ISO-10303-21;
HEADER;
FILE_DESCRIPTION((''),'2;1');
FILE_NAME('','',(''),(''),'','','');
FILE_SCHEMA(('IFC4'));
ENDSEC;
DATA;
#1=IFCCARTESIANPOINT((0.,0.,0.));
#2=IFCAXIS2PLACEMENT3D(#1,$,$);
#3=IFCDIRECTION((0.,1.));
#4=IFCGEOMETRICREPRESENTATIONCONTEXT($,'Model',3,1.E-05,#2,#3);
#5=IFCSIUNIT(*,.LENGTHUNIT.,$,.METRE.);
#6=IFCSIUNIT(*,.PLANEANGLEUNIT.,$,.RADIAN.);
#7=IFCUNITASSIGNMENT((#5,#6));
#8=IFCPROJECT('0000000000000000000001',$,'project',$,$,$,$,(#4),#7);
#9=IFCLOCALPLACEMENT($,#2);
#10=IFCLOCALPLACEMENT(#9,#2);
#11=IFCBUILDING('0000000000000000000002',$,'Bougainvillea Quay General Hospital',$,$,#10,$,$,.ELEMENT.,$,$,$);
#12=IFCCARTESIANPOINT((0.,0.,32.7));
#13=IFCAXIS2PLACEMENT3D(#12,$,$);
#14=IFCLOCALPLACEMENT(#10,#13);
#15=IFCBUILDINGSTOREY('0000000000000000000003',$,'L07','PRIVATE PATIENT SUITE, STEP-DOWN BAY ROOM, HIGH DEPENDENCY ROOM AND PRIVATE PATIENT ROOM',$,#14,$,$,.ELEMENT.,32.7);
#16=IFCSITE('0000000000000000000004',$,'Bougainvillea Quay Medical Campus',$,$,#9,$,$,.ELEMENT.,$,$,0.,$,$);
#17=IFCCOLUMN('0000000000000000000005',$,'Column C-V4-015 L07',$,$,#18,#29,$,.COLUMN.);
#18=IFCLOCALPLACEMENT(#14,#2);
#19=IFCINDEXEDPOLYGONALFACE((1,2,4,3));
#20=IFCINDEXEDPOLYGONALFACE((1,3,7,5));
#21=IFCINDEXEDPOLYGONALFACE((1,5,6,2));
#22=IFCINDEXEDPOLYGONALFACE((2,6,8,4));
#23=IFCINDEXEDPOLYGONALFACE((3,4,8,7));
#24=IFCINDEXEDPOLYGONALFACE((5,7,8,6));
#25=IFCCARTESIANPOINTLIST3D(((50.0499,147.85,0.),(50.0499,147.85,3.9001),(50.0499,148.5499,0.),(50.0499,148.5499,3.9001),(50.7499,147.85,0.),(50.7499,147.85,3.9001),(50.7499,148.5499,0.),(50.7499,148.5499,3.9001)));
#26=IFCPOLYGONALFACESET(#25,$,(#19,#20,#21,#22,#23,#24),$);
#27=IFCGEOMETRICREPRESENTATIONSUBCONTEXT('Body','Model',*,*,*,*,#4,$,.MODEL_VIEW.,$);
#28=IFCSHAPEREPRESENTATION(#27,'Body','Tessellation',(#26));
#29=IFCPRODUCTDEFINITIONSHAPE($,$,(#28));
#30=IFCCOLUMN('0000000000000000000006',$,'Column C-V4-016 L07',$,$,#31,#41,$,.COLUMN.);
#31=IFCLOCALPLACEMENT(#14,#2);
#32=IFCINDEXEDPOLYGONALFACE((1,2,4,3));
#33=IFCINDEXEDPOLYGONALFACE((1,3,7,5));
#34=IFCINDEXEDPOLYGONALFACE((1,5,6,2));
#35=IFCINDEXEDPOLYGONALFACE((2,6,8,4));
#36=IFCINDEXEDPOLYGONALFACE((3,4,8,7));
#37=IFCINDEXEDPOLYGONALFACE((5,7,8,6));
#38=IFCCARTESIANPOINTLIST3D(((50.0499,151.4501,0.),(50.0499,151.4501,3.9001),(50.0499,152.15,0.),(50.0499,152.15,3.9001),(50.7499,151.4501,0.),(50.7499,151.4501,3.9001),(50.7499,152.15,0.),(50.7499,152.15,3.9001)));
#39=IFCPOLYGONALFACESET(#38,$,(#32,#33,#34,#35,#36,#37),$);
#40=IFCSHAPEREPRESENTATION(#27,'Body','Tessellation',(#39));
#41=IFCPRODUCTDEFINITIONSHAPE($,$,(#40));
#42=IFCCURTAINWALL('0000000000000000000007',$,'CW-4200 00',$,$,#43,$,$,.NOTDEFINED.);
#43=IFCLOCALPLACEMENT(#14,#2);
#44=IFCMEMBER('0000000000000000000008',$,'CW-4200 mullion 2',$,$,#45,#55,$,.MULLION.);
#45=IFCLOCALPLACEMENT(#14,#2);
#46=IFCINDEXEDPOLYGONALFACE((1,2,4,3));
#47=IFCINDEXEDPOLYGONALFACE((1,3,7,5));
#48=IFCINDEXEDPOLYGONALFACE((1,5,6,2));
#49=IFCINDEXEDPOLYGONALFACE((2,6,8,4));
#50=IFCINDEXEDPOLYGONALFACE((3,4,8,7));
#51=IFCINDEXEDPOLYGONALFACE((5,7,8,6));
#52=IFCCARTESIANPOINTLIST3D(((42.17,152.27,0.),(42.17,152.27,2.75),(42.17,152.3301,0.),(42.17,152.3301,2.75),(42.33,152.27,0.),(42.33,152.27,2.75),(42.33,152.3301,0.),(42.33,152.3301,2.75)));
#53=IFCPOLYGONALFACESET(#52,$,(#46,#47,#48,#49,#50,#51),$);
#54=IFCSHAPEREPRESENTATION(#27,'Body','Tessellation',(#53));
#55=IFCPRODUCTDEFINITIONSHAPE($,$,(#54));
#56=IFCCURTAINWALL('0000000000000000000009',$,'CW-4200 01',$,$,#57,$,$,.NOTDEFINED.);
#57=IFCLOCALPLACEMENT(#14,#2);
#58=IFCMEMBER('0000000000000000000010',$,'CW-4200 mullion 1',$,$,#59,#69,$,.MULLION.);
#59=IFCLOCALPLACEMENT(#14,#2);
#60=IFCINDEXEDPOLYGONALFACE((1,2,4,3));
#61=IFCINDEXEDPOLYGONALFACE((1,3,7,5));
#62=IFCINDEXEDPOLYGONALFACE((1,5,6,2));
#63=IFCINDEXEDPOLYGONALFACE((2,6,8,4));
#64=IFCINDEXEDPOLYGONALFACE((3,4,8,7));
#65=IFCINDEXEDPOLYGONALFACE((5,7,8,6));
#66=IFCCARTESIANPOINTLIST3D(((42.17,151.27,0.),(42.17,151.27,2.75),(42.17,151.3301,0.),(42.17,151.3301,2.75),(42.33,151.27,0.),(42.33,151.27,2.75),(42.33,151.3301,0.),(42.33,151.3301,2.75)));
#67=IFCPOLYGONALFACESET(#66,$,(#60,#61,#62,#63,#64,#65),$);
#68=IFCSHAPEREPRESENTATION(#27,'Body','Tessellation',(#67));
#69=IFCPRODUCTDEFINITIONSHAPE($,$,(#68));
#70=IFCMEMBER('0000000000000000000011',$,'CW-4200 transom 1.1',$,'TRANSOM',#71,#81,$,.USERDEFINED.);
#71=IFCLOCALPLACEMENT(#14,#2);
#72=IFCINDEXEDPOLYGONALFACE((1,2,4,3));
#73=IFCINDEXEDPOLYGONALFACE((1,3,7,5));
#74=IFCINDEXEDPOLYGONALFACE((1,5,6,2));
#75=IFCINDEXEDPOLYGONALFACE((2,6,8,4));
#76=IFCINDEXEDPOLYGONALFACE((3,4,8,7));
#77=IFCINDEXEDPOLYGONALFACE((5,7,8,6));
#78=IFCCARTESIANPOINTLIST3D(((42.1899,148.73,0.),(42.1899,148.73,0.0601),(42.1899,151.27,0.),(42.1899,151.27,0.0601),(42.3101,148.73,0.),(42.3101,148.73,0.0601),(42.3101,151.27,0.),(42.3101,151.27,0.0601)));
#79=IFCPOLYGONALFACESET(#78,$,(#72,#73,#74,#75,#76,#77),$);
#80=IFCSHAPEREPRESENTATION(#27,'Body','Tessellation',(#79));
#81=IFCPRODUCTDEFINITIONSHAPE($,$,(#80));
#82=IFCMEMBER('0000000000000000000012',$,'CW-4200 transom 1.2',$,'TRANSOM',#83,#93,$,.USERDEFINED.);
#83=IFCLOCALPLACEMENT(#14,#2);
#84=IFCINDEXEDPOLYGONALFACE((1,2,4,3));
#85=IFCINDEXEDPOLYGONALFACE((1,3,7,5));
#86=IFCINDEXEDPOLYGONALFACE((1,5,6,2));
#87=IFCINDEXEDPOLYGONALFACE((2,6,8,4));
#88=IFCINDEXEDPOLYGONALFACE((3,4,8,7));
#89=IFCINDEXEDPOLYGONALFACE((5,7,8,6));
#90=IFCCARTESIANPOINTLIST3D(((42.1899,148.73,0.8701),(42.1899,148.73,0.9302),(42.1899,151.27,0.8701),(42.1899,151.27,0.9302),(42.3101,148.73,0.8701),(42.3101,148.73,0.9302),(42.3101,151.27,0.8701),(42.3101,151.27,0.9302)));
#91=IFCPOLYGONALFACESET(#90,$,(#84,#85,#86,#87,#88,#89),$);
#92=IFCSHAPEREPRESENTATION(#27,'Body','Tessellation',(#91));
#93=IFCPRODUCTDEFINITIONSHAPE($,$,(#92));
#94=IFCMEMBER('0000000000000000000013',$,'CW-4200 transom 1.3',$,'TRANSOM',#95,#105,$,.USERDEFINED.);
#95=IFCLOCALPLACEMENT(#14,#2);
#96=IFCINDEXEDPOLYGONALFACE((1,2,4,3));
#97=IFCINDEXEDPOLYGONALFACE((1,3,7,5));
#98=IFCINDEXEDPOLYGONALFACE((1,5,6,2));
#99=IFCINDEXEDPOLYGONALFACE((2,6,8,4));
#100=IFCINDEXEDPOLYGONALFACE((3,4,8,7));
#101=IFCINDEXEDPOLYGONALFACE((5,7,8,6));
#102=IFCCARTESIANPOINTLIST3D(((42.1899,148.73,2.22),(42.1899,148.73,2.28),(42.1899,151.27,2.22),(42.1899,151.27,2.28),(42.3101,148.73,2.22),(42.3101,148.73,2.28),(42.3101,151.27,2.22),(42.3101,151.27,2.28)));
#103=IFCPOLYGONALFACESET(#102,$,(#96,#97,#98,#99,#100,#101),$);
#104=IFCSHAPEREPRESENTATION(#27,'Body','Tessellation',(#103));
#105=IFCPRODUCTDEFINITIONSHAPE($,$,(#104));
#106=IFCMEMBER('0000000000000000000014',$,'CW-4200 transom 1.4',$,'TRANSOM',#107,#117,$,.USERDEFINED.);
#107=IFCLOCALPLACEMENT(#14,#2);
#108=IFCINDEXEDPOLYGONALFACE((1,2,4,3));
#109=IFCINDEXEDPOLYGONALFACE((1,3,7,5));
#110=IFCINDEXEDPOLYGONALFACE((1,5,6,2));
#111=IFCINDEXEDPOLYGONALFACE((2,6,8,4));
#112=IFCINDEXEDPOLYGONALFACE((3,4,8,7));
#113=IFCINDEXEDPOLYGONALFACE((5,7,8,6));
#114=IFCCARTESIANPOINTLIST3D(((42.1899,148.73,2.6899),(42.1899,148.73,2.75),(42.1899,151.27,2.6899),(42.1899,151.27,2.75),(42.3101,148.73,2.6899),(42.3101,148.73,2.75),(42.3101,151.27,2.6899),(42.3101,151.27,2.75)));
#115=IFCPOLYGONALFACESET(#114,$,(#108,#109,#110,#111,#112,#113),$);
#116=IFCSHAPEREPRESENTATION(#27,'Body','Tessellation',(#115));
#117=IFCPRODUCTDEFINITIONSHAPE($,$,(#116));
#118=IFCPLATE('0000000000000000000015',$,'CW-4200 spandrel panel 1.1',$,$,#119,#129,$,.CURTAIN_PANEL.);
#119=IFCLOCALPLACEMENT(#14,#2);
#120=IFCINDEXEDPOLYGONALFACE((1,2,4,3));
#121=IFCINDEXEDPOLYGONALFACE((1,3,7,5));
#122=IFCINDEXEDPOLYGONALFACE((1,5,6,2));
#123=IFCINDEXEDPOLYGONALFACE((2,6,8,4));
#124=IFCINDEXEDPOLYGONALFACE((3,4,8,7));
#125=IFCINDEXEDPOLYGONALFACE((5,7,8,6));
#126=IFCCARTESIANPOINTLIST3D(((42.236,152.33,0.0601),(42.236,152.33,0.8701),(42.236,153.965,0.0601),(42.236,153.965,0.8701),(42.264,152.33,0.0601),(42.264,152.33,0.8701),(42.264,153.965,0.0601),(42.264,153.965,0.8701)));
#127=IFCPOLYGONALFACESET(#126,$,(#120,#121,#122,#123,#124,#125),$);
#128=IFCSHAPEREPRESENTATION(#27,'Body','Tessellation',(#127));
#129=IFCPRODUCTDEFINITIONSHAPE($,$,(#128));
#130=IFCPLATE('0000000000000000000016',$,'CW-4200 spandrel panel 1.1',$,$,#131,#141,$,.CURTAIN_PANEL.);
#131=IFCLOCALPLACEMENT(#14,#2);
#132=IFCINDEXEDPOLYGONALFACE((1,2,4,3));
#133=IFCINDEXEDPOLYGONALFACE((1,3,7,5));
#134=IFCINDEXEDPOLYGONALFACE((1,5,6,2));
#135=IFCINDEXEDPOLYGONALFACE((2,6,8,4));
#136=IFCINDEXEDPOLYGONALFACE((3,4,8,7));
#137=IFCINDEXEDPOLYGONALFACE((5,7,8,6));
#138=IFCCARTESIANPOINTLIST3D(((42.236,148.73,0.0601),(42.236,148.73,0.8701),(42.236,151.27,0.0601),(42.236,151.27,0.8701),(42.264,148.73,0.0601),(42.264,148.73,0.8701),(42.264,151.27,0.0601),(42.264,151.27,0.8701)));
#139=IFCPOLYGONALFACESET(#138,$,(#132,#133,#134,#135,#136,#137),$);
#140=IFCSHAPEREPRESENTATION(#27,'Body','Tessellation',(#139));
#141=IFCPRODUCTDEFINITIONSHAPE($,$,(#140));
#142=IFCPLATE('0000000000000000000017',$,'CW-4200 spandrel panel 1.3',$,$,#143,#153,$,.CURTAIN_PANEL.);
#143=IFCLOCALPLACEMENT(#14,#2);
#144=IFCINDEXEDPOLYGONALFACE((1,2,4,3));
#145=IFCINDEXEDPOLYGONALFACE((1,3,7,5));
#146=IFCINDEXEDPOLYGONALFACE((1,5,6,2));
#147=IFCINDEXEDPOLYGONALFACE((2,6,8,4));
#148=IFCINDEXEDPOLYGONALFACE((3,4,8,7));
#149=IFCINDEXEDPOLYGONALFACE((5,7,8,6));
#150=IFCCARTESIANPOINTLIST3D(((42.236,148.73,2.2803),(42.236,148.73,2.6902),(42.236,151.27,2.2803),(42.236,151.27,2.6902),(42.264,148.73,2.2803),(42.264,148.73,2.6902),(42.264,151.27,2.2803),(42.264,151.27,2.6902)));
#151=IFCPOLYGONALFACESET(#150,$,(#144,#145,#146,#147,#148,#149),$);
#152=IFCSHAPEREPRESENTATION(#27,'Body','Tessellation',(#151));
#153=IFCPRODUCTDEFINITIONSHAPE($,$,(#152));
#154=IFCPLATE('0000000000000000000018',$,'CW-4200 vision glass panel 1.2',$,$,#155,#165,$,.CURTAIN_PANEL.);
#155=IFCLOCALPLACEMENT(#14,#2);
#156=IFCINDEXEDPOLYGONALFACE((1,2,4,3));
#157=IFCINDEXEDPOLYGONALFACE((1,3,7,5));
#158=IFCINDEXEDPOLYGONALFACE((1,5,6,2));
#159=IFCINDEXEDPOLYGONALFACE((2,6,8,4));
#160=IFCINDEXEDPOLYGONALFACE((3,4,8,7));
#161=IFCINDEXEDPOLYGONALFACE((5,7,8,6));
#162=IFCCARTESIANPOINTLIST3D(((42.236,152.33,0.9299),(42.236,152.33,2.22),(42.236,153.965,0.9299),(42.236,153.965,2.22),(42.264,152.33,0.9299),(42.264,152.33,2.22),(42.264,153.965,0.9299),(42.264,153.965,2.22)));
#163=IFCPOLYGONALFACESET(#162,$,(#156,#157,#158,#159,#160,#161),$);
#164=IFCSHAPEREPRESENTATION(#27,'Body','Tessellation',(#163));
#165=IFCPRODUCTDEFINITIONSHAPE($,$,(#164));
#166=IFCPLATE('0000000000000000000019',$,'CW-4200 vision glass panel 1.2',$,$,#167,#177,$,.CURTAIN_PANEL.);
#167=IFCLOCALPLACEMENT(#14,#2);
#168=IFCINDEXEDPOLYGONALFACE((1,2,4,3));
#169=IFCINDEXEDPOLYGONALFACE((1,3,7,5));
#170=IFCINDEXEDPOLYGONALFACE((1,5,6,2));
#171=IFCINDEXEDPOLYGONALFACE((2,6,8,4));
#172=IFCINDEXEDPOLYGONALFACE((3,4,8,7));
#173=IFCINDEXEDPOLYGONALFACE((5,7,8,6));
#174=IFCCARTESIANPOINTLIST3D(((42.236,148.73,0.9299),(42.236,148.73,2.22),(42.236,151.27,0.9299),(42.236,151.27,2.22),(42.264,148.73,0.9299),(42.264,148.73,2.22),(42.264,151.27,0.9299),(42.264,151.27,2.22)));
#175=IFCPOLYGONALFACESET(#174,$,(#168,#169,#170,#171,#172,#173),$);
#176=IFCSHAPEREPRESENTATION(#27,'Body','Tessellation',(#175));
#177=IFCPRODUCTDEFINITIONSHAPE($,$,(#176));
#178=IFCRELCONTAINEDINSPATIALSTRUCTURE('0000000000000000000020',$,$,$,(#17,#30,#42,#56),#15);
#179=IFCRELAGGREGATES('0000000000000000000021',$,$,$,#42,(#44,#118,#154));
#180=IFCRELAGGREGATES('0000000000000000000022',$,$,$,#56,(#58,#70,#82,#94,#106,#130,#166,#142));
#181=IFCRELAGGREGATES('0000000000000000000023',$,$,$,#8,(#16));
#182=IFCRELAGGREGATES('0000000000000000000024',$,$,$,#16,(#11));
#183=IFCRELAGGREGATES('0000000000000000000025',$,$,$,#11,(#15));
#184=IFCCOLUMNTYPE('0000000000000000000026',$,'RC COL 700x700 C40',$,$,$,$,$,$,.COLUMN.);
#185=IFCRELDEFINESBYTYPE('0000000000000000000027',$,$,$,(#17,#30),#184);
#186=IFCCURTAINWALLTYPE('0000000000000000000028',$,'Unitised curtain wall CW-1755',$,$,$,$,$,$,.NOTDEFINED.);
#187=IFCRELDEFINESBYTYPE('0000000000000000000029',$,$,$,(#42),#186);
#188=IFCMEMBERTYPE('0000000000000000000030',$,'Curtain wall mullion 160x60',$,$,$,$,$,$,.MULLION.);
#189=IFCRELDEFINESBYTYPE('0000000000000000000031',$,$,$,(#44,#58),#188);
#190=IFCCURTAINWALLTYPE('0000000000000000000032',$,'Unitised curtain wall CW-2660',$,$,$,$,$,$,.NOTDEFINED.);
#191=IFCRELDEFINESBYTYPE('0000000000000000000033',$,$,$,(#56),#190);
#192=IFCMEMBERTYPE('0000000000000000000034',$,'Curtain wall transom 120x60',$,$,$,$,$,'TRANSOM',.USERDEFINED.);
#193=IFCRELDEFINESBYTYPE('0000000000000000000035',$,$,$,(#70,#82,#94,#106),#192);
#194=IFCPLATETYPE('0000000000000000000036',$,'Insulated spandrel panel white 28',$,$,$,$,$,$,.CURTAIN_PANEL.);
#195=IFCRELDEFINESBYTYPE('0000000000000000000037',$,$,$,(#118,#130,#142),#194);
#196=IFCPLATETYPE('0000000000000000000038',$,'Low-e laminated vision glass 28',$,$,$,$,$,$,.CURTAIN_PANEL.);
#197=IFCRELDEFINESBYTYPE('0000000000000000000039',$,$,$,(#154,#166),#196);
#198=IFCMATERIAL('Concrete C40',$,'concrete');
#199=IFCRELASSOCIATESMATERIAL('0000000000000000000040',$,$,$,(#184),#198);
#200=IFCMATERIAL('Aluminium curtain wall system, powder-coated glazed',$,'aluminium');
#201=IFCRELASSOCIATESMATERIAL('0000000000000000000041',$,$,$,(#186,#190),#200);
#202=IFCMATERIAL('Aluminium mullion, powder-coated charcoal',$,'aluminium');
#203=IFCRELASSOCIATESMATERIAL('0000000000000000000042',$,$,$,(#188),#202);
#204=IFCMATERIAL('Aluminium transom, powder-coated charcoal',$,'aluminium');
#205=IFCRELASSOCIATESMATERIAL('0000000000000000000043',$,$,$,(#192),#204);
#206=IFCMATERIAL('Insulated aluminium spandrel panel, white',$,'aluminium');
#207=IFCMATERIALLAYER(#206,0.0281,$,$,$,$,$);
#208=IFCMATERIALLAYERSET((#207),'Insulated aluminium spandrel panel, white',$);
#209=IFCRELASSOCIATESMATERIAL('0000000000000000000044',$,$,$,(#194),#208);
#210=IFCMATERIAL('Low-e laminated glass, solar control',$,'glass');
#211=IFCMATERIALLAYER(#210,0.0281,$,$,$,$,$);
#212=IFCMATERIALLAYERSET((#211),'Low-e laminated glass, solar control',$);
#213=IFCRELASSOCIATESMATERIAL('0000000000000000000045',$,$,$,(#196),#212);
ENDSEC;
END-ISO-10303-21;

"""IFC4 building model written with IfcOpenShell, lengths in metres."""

from ifc_helpers import new_model, si_unit, direction, frame, origin, origin_2d, place, context, subcontext, project, spatial, rectangle, extrude, material, layer, layer_set, material_profile, profile_set, type_object, element, aggregate, save


model = new_model("IFC4")

# Units and contexts
model_context = context("Model", 3, precision=1e-05, world=origin(), true_north=direction((0.0, 1.0)))
body_context = subcontext(model_context, "Body", "Model", "MODEL_VIEW")
ifc_project = project(units=[si_unit("LENGTHUNIT", "METRE"), si_unit("PLANEANGLEUNIT", "RADIAN")], contexts=[model_context])

# Site, building, storey
site_placement = place(None, origin())
site = spatial("IfcSite", under=ifc_project, at=site_placement, Name="Bougainvillea Quay Medical Campus", CompositionType="ELEMENT", RefElevation=0.0)
building_placement = place(site_placement, origin())
building = spatial("IfcBuilding", under=site, at=building_placement, Name="Bougainvillea Quay General Hospital", CompositionType="ELEMENT")
storey_placement = place(building_placement, frame((0.0, 0.0, 32.7)))
storey = spatial("IfcBuildingStorey", under=building, at=storey_placement, Name="L07", Description="PRIVATE PATIENT SUITE, STEP-DOWN BAY ROOM, HIGH DEPENDENCY ROOM AND PRIVATE PATIENT ROOM", CompositionType="ELEMENT", Elevation=32.7)

# Columns
ifc_material_1 = material(Name="Concrete C40", Category="concrete")
ifc_material_profile_1 = material_profile(ifc_material_1, rectangle(XDim=0.7, YDim=0.7, at=origin_2d()))
ifc_profile_set_1 = profile_set([ifc_material_profile_1], Name="Concrete C40")
column_type = type_object("IfcColumnType", Name="RC COL 700x700 C40", PredefinedType="COLUMN", material=ifc_profile_set_1)
for number, where, z_axis, x_axis, name in (
    (1, (50.3999, 148.2, 0.0), (0.0, 0.0, 1.0), (1.0, 0.0, 0.0), "Column C-V4-015 L07"),
    (2, (50.3999, 151.8, 0.0), (0.0, 0.0, 1.0), (1.0, 0.0, 0.0), "Column C-V4-016 L07"),
):
    element("IfcColumn", number, at=place(storey_placement, frame(where, z_axis=z_axis, x_axis=x_axis)), inside=storey, type_object=column_type, Name=name, PredefinedType="COLUMN", context=body_context, shape_type="SweptSolid", body=[
        extrude(rectangle(XDim=0.7, YDim=0.7, at=origin_2d()), origin(), (0.0, 0.0, 1.0), 3.9001),
    ])

# Curtain wall, member
ifc_material_2 = material(Name="Aluminium curtain wall system, powder-coated glazed", Category="aluminium")
curtain_wall_type_1 = type_object("IfcCurtainWallType", Name="Unitised curtain wall CW-1755", PredefinedType="NOTDEFINED", material=ifc_material_2)
curtain_wall_1_placement = place(storey_placement, origin())
curtain_wall_1 = element("IfcCurtainWall", 3, at=curtain_wall_1_placement, inside=storey, type_object=curtain_wall_type_1, Name="CW-4200 00", PredefinedType="NOTDEFINED")
ifc_material_3 = material(Name="Aluminium mullion, powder-coated charcoal", Category="aluminium")
ifc_material_profile_2 = material_profile(ifc_material_3, rectangle(XDim=0.1599, YDim=0.0601, at=origin_2d()))
ifc_profile_set_2 = profile_set([ifc_material_profile_2], Name="Aluminium mullion, powder-coated charcoal")
member_type_1 = type_object("IfcMemberType", Name="Curtain wall mullion 160x60", PredefinedType="MULLION", material=ifc_profile_set_2)
member_1_placement = place(storey_placement, frame((42.25, 152.3, 0.0), z_axis=(0.0, 0.0, 1.0), x_axis=(1.0, 0.0, 0.0)))
member_1 = element("IfcMember", 4, at=member_1_placement, type_object=member_type_1, Name="CW-4200 mullion 2", PredefinedType="MULLION", context=body_context, shape_type="SweptSolid", body=[
    extrude(rectangle(XDim=0.1599, YDim=0.0601, at=origin_2d()), origin(), (0.0, 0.0, 1.0), 2.75),
])

# Curtain wall, members
curtain_wall_type_2 = type_object("IfcCurtainWallType", Name="Unitised curtain wall CW-2660", PredefinedType="NOTDEFINED", material=ifc_material_2)
curtain_wall_2_placement = place(storey_placement, origin())
curtain_wall_2 = element("IfcCurtainWall", 5, at=curtain_wall_2_placement, inside=storey, type_object=curtain_wall_type_2, Name="CW-4200 01", PredefinedType="NOTDEFINED")
member_2_placement = place(storey_placement, frame((42.25, 151.3, 0.0), z_axis=(0.0, 0.0, 1.0), x_axis=(1.0, 0.0, 0.0)))
member_2 = element("IfcMember", 6, at=member_2_placement, type_object=member_type_1, Name="CW-4200 mullion 1", PredefinedType="MULLION", context=body_context, shape_type="SweptSolid", body=[
    extrude(rectangle(XDim=0.1599, YDim=0.0601, at=origin_2d()), origin(), (0.0, 0.0, 1.0), 2.75),
])
ifc_material_4 = material(Name="Aluminium transom, powder-coated charcoal", Category="aluminium")
ifc_material_profile_3 = material_profile(ifc_material_4, rectangle(XDim=0.1201, YDim=0.0601, at=origin_2d()))
ifc_profile_set_3 = profile_set([ifc_material_profile_3], Name="Aluminium transom, powder-coated charcoal")
member_type_2 = type_object("IfcMemberType", Name="Curtain wall transom 120x60", ElementType="TRANSOM", PredefinedType="USERDEFINED", material=ifc_profile_set_3)
member_3_placement = place(storey_placement, frame((42.25, 151.27, 0.03), z_axis=(0.0, -1.0, 0.0), x_axis=(1.0, 0.0, 0.0)))
member_3 = element("IfcMember", 7, at=member_3_placement, type_object=member_type_2, Name="CW-4200 transom 1.1", ObjectType="TRANSOM", PredefinedType="USERDEFINED", context=body_context, shape_type="SweptSolid", body=[
    extrude(rectangle(XDim=0.1201, YDim=0.0601, at=origin_2d()), origin(), (0.0, 0.0, 1.0), 2.54),
])
member_4_placement = place(storey_placement, frame((42.25, 151.27, 0.9001), z_axis=(0.0, -1.0, 0.0), x_axis=(1.0, 0.0, 0.0)))
member_4 = element("IfcMember", 8, at=member_4_placement, type_object=member_type_2, Name="CW-4200 transom 1.2", ObjectType="TRANSOM", PredefinedType="USERDEFINED", context=body_context, shape_type="SweptSolid", body=[
    extrude(rectangle(XDim=0.1201, YDim=0.0601, at=origin_2d()), origin(), (0.0, 0.0, 1.0), 2.54),
])
member_5_placement = place(storey_placement, frame((42.25, 151.27, 2.25), z_axis=(0.0, -1.0, 0.0), x_axis=(1.0, 0.0, 0.0)))
member_5 = element("IfcMember", 9, at=member_5_placement, type_object=member_type_2, Name="CW-4200 transom 1.3", ObjectType="TRANSOM", PredefinedType="USERDEFINED", context=body_context, shape_type="SweptSolid", body=[
    extrude(rectangle(XDim=0.1201, YDim=0.0601, at=origin_2d()), origin(), (0.0, 0.0, 1.0), 2.54),
])
member_6_placement = place(storey_placement, frame((42.25, 151.27, 2.72), z_axis=(0.0, -1.0, 0.0), x_axis=(1.0, 0.0, 0.0)))
member_6 = element("IfcMember", 10, at=member_6_placement, type_object=member_type_2, Name="CW-4200 transom 1.4", ObjectType="TRANSOM", PredefinedType="USERDEFINED", context=body_context, shape_type="SweptSolid", body=[
    extrude(rectangle(XDim=0.1201, YDim=0.0601, at=origin_2d()), origin(), (0.0, 0.0, 1.0), 2.54),
])

# Plates
ifc_material_5 = material(Name="Insulated aluminium spandrel panel, white", Category="aluminium")
ifc_layer_1 = layer(ifc_material_5, 0.0281)
ifc_layer_set_1 = layer_set([ifc_layer_1], Name="Insulated aluminium spandrel panel, white")
plate_type_1 = type_object("IfcPlateType", Name="Insulated spandrel panel white 28", PredefinedType="CURTAIN_PANEL", material=ifc_layer_set_1)
plate_1_placement = place(storey_placement, frame((42.25, 153.1475, 0.0601), z_axis=(0.0, 0.0, 1.0), x_axis=(0.0, -1.0, 0.0)))
plate_1 = element("IfcPlate", 11, at=plate_1_placement, type_object=plate_type_1, Name="CW-4200 spandrel panel 1.1", PredefinedType="CURTAIN_PANEL", context=body_context, shape_type="SweptSolid", body=[
    extrude(rectangle(XDim=1.635, YDim=0.0281, at=origin_2d()), origin(), (0.0, 0.0, 1.0), 0.8101),
])
plate_2_placement = place(storey_placement, frame((42.25, 150.0, 0.0601), z_axis=(0.0, 0.0, 1.0), x_axis=(0.0, -1.0, 0.0)))
plate_2 = element("IfcPlate", 12, at=plate_2_placement, type_object=plate_type_1, Name="CW-4200 spandrel panel 1.1", PredefinedType="CURTAIN_PANEL", context=body_context, shape_type="SweptSolid", body=[
    extrude(rectangle(XDim=2.54, YDim=0.0281, at=origin_2d()), origin(), (0.0, 0.0, 1.0), 0.8101),
])
plate_3_placement = place(storey_placement, frame((42.25, 150.0, 2.2803), z_axis=(0.0, 0.0, 1.0), x_axis=(0.0, -1.0, 0.0)))
plate_3 = element("IfcPlate", 13, at=plate_3_placement, type_object=plate_type_1, Name="CW-4200 spandrel panel 1.3", PredefinedType="CURTAIN_PANEL", context=body_context, shape_type="SweptSolid", body=[
    extrude(rectangle(XDim=2.54, YDim=0.0281, at=origin_2d()), origin(), (0.0, 0.0, 1.0), 0.4099),
])
ifc_material_6 = material(Name="Low-e laminated glass, solar control", Category="glass")
ifc_layer_2 = layer(ifc_material_6, 0.0281)
ifc_layer_set_2 = layer_set([ifc_layer_2], Name="Low-e laminated glass, solar control")
plate_type_2 = type_object("IfcPlateType", Name="Low-e laminated vision glass 28", PredefinedType="CURTAIN_PANEL", material=ifc_layer_set_2)
plate_4_placement = place(storey_placement, frame((42.25, 153.1475, 0.9299), z_axis=(0.0, 0.0, 1.0), x_axis=(0.0, -1.0, 0.0)))
plate_4 = element("IfcPlate", 14, at=plate_4_placement, type_object=plate_type_2, Name="CW-4200 vision glass panel 1.2", PredefinedType="CURTAIN_PANEL", context=body_context, shape_type="SweptSolid", body=[
    extrude(rectangle(XDim=1.635, YDim=0.0281, at=origin_2d()), origin(), (0.0, 0.0, 1.0), 1.29),
])
aggregate(curtain_wall_1, [member_1, plate_1, plate_4])
plate_5_placement = place(storey_placement, frame((42.25, 150.0, 0.9299), z_axis=(0.0, 0.0, 1.0), x_axis=(0.0, -1.0, 0.0)))
plate_5 = element("IfcPlate", 15, at=plate_5_placement, type_object=plate_type_2, Name="CW-4200 vision glass panel 1.2", PredefinedType="CURTAIN_PANEL", context=body_context, shape_type="SweptSolid", body=[
    extrude(rectangle(XDim=2.54, YDim=0.0281, at=origin_2d()), origin(), (0.0, 0.0, 1.0), 1.29),
])
aggregate(curtain_wall_2, [member_2, member_3, member_4, member_5, member_6, plate_2, plate_5, plate_3])

save(model, "model.ifc")
